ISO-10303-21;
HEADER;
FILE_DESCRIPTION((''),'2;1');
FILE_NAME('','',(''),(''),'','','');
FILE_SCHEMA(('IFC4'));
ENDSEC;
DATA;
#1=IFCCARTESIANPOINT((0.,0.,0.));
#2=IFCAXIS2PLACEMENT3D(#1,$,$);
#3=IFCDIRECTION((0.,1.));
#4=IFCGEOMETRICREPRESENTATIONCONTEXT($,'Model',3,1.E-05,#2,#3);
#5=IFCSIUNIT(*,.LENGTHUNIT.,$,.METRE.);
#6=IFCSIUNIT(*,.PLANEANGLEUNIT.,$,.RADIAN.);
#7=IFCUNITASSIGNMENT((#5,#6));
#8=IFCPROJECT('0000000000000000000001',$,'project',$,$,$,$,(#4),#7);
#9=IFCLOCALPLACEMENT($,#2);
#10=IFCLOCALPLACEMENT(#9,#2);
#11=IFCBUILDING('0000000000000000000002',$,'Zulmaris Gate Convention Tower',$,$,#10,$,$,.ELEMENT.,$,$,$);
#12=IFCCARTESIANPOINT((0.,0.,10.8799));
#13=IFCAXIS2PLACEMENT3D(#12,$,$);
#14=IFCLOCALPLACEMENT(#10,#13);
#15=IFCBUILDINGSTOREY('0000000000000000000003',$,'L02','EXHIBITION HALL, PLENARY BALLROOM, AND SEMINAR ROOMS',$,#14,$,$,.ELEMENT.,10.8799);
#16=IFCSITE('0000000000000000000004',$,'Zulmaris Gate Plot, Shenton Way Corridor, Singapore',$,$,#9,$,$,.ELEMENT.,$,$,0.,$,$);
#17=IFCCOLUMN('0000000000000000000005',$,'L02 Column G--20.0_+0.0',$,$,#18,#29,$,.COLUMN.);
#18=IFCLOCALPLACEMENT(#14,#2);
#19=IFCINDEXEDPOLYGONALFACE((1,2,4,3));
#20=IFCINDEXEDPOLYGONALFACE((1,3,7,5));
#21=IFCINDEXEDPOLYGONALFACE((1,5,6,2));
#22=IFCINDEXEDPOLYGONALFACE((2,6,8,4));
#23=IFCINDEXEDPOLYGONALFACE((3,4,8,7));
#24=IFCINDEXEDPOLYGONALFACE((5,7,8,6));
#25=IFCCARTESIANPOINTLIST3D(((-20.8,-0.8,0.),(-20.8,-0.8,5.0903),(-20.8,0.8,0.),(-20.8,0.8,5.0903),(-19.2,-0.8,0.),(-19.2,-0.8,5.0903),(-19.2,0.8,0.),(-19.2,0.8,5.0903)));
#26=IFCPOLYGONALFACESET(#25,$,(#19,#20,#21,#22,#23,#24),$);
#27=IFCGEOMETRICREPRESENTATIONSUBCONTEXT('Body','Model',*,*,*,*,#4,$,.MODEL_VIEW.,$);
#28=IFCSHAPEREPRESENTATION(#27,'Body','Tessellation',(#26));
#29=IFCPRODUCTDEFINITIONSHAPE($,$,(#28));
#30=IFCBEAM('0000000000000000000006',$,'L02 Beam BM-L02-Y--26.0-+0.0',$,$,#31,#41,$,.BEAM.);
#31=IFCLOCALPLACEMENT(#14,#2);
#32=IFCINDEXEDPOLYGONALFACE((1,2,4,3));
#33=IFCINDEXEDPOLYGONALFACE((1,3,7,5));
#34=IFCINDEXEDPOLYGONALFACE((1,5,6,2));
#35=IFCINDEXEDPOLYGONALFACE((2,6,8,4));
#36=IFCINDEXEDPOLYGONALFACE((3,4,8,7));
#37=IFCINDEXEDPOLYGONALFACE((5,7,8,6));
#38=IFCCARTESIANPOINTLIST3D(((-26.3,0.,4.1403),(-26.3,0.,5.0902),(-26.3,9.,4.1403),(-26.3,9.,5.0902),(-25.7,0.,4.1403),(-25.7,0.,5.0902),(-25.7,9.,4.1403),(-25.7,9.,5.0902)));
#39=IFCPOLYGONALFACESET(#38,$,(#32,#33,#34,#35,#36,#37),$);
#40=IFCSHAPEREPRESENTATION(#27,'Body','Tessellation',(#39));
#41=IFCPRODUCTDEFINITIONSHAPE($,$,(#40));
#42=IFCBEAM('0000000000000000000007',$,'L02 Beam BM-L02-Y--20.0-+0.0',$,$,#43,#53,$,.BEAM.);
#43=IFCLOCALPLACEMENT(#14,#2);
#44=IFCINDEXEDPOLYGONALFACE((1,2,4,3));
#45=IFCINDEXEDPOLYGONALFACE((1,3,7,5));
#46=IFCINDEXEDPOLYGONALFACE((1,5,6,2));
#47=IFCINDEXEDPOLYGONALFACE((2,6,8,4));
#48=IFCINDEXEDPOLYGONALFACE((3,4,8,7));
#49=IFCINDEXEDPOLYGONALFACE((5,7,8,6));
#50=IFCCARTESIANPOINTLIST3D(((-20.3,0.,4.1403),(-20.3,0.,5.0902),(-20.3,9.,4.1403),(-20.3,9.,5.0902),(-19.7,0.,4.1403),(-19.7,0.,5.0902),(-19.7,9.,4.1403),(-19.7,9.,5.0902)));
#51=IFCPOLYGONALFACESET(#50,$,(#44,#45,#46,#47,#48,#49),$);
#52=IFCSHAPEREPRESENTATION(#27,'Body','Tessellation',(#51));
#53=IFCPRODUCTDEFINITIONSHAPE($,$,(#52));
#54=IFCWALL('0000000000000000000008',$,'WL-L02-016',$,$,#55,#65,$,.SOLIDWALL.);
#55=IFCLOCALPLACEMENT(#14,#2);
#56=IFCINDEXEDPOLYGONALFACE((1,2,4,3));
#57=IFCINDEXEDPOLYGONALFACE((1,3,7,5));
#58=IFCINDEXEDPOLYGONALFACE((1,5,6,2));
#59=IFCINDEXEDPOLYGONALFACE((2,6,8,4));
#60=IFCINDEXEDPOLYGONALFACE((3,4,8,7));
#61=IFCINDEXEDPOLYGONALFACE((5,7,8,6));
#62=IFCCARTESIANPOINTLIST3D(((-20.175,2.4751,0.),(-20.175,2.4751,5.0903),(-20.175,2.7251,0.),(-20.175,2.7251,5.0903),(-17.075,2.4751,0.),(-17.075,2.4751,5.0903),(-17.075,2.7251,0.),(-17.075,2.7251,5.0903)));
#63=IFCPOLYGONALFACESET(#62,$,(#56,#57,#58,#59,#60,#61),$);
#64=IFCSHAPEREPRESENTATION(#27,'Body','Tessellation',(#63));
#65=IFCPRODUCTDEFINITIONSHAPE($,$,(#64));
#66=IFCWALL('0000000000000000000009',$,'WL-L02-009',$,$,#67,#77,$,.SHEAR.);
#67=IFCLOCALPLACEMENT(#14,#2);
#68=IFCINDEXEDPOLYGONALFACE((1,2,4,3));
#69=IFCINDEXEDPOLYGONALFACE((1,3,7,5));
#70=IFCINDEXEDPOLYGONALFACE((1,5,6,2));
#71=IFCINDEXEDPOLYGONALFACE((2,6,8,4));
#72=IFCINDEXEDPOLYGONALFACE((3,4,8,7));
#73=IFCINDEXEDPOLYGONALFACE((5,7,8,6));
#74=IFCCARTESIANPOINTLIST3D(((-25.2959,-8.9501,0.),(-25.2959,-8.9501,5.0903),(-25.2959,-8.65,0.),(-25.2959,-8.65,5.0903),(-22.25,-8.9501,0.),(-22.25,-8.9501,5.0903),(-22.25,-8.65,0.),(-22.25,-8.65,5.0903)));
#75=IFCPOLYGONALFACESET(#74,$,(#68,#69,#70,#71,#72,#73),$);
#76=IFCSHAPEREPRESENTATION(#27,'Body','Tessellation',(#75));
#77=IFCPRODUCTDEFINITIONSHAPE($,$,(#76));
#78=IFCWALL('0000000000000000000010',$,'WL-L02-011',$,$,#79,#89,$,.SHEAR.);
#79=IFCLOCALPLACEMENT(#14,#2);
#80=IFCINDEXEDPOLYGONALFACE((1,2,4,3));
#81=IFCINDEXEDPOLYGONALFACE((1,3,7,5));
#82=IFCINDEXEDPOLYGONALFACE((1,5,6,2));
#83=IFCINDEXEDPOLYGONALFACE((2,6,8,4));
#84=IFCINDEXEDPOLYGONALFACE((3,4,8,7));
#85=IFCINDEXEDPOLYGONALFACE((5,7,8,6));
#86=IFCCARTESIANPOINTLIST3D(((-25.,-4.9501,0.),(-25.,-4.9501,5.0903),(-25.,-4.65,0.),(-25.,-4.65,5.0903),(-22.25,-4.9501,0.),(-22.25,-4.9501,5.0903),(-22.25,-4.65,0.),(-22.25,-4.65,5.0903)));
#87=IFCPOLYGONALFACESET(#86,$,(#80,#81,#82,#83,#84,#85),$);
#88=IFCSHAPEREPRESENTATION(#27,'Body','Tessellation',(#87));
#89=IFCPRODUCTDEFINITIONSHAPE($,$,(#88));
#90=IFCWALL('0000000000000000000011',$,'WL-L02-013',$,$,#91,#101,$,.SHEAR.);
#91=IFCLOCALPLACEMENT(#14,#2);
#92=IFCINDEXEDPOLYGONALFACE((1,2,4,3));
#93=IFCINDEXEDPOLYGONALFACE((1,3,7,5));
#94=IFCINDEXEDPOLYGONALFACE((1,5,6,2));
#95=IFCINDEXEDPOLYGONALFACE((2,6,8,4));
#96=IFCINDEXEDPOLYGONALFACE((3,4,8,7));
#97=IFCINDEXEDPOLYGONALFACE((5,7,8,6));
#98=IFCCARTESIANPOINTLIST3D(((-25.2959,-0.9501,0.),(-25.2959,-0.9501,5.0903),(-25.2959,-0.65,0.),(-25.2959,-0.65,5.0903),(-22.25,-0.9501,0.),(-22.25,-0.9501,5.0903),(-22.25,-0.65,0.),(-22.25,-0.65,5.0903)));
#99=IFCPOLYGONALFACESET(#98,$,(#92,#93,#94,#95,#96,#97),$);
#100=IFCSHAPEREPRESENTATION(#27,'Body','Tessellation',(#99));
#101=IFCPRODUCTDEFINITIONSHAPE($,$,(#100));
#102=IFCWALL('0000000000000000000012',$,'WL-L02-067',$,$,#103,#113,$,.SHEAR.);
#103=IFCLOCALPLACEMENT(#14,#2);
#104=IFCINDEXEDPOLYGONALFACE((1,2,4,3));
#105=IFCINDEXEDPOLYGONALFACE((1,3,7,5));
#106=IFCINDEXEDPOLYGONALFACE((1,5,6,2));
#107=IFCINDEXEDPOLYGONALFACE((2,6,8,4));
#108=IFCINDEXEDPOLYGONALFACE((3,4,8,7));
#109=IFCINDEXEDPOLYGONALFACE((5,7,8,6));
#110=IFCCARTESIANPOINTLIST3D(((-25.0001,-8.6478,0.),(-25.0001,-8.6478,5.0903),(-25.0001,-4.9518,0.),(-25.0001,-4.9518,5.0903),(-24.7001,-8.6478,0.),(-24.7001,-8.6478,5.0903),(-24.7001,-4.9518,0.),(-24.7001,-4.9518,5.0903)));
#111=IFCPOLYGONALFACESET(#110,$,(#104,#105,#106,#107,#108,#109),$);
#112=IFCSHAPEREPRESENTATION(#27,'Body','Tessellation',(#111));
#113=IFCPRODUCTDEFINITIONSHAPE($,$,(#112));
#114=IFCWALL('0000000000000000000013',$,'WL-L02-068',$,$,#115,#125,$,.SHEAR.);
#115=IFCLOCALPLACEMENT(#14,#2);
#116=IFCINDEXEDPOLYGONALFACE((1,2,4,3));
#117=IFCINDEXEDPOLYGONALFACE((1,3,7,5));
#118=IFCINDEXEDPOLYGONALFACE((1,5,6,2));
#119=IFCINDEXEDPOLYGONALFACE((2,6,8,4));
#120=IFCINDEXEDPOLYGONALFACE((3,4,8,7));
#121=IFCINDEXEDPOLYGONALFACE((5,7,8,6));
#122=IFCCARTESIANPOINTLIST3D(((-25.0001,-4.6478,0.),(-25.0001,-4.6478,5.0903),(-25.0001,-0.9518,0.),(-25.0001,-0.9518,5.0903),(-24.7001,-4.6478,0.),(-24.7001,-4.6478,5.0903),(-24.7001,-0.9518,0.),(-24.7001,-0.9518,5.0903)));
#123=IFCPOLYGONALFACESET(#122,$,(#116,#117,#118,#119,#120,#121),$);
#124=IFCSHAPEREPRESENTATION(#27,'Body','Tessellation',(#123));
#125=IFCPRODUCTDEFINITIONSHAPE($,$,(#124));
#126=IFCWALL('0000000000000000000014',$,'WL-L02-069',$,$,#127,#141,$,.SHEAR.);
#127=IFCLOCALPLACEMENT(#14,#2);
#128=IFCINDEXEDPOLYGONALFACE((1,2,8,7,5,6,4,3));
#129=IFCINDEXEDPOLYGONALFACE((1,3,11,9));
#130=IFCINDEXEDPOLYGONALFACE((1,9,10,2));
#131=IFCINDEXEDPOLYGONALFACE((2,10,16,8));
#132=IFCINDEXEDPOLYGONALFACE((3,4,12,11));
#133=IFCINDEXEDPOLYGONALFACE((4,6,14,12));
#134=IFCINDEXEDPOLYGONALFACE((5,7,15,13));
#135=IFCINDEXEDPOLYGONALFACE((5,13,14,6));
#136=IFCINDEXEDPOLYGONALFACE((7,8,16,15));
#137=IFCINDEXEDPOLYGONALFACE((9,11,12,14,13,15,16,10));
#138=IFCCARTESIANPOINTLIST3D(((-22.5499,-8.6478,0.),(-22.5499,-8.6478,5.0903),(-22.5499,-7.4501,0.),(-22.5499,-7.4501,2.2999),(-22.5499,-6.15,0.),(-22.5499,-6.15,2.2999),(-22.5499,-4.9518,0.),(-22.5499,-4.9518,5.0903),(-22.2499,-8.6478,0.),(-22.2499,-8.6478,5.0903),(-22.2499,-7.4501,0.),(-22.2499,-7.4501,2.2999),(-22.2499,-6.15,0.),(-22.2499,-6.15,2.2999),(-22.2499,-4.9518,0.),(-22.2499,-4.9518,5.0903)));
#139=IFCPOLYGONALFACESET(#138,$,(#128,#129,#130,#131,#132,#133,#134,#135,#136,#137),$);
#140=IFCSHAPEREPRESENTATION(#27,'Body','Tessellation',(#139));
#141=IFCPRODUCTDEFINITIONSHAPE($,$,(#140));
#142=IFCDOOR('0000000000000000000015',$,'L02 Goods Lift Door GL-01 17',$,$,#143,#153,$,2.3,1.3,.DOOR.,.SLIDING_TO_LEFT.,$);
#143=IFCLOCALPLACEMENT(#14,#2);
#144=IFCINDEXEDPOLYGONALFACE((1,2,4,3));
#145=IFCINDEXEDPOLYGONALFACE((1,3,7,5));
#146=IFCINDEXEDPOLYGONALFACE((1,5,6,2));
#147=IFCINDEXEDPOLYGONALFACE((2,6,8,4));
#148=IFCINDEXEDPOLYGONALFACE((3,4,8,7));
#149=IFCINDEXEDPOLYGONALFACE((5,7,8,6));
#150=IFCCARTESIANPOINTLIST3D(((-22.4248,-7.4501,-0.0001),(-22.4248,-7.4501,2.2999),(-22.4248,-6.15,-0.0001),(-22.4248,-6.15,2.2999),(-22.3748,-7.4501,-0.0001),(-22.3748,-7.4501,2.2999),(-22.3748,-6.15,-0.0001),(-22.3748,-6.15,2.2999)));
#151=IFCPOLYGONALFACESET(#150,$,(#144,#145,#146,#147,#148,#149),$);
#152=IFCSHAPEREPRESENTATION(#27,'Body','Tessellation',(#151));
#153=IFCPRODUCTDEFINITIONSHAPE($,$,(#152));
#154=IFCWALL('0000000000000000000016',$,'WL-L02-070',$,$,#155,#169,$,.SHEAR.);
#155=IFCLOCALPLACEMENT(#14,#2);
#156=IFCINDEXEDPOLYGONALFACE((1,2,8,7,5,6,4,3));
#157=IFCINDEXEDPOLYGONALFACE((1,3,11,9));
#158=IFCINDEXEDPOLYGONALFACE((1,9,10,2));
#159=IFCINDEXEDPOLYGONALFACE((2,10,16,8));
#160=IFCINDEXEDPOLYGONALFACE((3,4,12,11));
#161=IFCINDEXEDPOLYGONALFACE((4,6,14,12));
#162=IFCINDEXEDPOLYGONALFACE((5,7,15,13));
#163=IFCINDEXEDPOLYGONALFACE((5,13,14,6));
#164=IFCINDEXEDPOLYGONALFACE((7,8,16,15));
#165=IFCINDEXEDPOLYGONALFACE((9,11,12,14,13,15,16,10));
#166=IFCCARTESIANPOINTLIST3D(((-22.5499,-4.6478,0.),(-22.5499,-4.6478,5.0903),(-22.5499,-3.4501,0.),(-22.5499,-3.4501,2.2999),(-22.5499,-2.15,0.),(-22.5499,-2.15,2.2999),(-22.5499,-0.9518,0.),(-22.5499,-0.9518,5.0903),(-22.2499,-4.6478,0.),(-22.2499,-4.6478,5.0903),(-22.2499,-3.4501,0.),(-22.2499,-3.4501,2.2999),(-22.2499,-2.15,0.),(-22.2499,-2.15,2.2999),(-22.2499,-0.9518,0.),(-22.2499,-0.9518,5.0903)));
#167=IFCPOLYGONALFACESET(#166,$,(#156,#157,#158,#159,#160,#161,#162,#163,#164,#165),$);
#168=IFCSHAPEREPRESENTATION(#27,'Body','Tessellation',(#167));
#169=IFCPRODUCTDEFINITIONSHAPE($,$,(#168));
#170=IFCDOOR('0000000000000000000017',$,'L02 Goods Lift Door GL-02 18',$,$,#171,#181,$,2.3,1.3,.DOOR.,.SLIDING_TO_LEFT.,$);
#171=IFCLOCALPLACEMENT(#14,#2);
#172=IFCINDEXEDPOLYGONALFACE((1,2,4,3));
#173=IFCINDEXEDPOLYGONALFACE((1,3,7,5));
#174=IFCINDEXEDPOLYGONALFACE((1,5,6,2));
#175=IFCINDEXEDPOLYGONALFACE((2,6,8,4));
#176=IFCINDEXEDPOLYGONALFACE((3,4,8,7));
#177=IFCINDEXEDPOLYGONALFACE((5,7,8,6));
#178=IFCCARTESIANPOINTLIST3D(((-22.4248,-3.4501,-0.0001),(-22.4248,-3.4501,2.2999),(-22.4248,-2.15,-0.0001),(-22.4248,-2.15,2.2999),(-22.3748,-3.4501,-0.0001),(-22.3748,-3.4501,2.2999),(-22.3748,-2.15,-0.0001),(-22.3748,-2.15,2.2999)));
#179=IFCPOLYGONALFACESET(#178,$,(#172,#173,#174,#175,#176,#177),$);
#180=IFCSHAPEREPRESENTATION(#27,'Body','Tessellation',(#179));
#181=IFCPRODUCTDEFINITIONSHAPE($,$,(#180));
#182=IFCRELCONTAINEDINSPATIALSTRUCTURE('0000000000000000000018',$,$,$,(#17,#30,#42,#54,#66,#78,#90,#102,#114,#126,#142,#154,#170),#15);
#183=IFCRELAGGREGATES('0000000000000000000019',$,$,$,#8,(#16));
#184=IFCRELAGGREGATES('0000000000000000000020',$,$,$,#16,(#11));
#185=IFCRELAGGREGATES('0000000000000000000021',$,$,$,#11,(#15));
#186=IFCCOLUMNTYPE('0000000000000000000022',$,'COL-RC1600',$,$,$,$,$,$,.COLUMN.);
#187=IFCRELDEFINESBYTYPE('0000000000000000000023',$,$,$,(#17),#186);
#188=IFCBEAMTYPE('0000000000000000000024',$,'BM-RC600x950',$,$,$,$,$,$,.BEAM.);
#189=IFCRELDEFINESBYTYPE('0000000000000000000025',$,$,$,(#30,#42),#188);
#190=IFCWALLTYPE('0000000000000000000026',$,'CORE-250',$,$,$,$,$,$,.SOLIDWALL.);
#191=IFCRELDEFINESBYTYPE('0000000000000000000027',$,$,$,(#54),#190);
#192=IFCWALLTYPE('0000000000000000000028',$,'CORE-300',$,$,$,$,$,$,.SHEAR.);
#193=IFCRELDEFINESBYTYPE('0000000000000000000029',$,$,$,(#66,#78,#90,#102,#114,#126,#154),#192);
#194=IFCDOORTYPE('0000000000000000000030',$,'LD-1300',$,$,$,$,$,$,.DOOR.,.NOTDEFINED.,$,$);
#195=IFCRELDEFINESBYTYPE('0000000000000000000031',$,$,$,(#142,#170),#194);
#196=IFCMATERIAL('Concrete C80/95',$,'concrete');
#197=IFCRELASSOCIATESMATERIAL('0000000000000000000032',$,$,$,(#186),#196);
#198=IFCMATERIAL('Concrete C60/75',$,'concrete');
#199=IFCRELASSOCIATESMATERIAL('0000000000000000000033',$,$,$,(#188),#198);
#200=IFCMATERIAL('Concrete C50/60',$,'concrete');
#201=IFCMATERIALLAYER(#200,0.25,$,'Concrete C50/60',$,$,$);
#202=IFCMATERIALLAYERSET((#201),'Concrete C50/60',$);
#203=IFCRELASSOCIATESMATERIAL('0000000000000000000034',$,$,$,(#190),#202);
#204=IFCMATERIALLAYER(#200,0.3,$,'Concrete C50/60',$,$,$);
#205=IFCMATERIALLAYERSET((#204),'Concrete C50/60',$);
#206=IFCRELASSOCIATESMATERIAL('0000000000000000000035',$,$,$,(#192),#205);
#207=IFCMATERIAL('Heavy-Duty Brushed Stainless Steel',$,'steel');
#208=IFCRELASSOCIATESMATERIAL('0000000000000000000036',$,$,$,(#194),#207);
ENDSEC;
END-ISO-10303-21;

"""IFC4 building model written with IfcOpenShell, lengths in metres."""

from ifc_helpers import new_model, si_unit, direction, frame, frame_2d, origin, origin_2d, place, context, subcontext, project, spatial, rectangle, extrude, material, layer, layer_set, material_profile, profile_set, type_object, element, fill, save


model = new_model("IFC4")

# Units and contexts
model_context = context("Model", 3, precision=1e-05, world=origin(), true_north=direction((0.0, 1.0)))
body_context = subcontext(model_context, "Body", "Model", "MODEL_VIEW")
ifc_project = project(units=[si_unit("LENGTHUNIT", "METRE"), si_unit("PLANEANGLEUNIT", "RADIAN")], contexts=[model_context])

# Site, building, storey
site_placement = place(None, origin())
site = spatial("IfcSite", under=ifc_project, at=site_placement, Name="Zulmaris Gate Plot, Shenton Way Corridor, Singapore", CompositionType="ELEMENT", RefElevation=0.0)
building_placement = place(site_placement, origin())
building = spatial("IfcBuilding", under=site, at=building_placement, Name="Zulmaris Gate Convention Tower", CompositionType="ELEMENT")
storey_placement = place(building_placement, frame((0.0, 0.0, 10.8799)))
storey = spatial("IfcBuildingStorey", under=building, at=storey_placement, Name="L02", Description="EXHIBITION HALL, PLENARY BALLROOM, AND SEMINAR ROOMS", CompositionType="ELEMENT", Elevation=10.8799)

# Column
ifc_material_1 = material(Name="Concrete C80/95", Category="concrete")
ifc_material_profile_1 = material_profile(ifc_material_1, rectangle(XDim=1.6001, YDim=1.6001, at=origin_2d()), Name="RC COL 1600x1600")
ifc_profile_set_1 = profile_set([ifc_material_profile_1], Name="Concrete C80/95")
column_type = type_object("IfcColumnType", Name="COL-RC1600", PredefinedType="COLUMN", material=ifc_profile_set_1)
column_placement = place(storey_placement, frame((-20.0, 0.0, 0.0), z_axis=(0.0, 0.0, 1.0), x_axis=(1.0, 0.0, 0.0)))
element("IfcColumn", 1, at=column_placement, inside=storey, type_object=column_type, Name="L02 Column G--20.0_+0.0", PredefinedType="COLUMN", context=body_context, shape_type="SweptSolid", body=[
    extrude(rectangle(XDim=1.6001, YDim=1.6001, at=origin_2d()), origin(), (0.0, 0.0, 1.0), 5.0903),
])

# Beams
ifc_material_2 = material(Name="Concrete C60/75", Category="concrete")
ifc_material_profile_2 = material_profile(ifc_material_2, rectangle(XDim=0.6001, YDim=0.95, at=origin_2d()), Name="RC BEAM 600x950")
ifc_profile_set_2 = profile_set([ifc_material_profile_2], Name="Concrete C60/75")
beam_type = type_object("IfcBeamType", Name="BM-RC600x950", PredefinedType="BEAM", material=ifc_profile_set_2)
for number, where, z_axis, x_axis, name in (
    (2, (-26.0, 0.0, 4.6152), (0.0, 1.0, 0.0), (-1.0, 0.0, 0.0), "L02 Beam BM-L02-Y--26.0-+0.0"),
    (3, (-20.0, 0.0, 4.6152), (0.0, 1.0, 0.0), (-1.0, 0.0, 0.0), "L02 Beam BM-L02-Y--20.0-+0.0"),
):
    element("IfcBeam", number, at=place(storey_placement, frame(where, z_axis=z_axis, x_axis=x_axis)), inside=storey, type_object=beam_type, Name=name, PredefinedType="BEAM", context=body_context, shape_type="SweptSolid", body=[
        extrude(rectangle(XDim=0.6001, YDim=0.95, at=origin_2d()), origin(), (0.0, 0.0, 1.0), 9.0),
    ])

# Walls
ifc_material_3 = material(Name="Concrete C50/60", Category="concrete")
ifc_layer_1 = layer(ifc_material_3, 0.25, Name="Concrete C50/60")
ifc_layer_set_1 = layer_set([ifc_layer_1], Name="Concrete C50/60")
wall_type_1 = type_object("IfcWallType", Name="CORE-250", PredefinedType="SOLIDWALL", material=ifc_layer_set_1)
wall_1_placement = place(storey_placement, frame((-20.175, 2.6001, 0.0), z_axis=(0.0, 0.0, 1.0), x_axis=(1.0, 0.0, 0.0)))
element("IfcWall", 4, at=wall_1_placement, inside=storey, type_object=wall_type_1, Name="WL-L02-016", PredefinedType="SOLIDWALL", context=body_context, shape_type="SweptSolid", body=[
    extrude(rectangle(XDim=3.1001, YDim=0.25, at=frame_2d((1.55, 0.0))), origin(), (0.0, 0.0, 1.0), 5.0903),
])
ifc_layer_2 = layer(ifc_material_3, 0.3, Name="Concrete C50/60")
ifc_layer_set_2 = layer_set([ifc_layer_2], Name="Concrete C50/60")
wall_type_2 = type_object("IfcWallType", Name="CORE-300", PredefinedType="SHEAR", material=ifc_layer_set_2)
wall_2_placement = place(storey_placement, frame((-25.2959, -8.8, 0.0), z_axis=(0.0, 0.0, 1.0), x_axis=(1.0, 0.0, 0.0)))
element("IfcWall", 5, at=wall_2_placement, inside=storey, type_object=wall_type_2, Name="WL-L02-009", PredefinedType="SHEAR", context=body_context, shape_type="SweptSolid", body=[
    extrude(rectangle(XDim=3.0459, YDim=0.3, at=frame_2d((1.5229, 0.0))), origin(), (0.0, 0.0, 1.0), 5.0903),
])
wall_3_placement = place(storey_placement, frame((-25.0, -4.8, 0.0), z_axis=(0.0, 0.0, 1.0), x_axis=(1.0, 0.0, 0.0)))
element("IfcWall", 6, at=wall_3_placement, inside=storey, type_object=wall_type_2, Name="WL-L02-011", PredefinedType="SHEAR", context=body_context, shape_type="SweptSolid", body=[
    extrude(rectangle(XDim=2.75, YDim=0.3, at=frame_2d((1.375, 0.0))), origin(), (0.0, 0.0, 1.0), 5.0903),
])
wall_4_placement = place(storey_placement, frame((-25.2959, -0.8, 0.0), z_axis=(0.0, 0.0, 1.0), x_axis=(1.0, 0.0, 0.0)))
element("IfcWall", 7, at=wall_4_placement, inside=storey, type_object=wall_type_2, Name="WL-L02-013", PredefinedType="SHEAR", context=body_context, shape_type="SweptSolid", body=[
    extrude(rectangle(XDim=3.0459, YDim=0.3, at=frame_2d((1.5229, 0.0))), origin(), (0.0, 0.0, 1.0), 5.0903),
])
for number, where, z_axis, x_axis, name in (
    (8, (-24.8501, -8.6479, 0.0), (0.0, 0.0, 1.0), (0.0, 1.0, 0.0), "WL-L02-067"),
    (9, (-24.8501, -4.6479, 0.0), (0.0, 0.0, 1.0), (0.0, 1.0, 0.0), "WL-L02-068"),
):
    element("IfcWall", number, at=place(storey_placement, frame(where, z_axis=z_axis, x_axis=x_axis)), inside=storey, type_object=wall_type_2, Name=name, PredefinedType="SHEAR", context=body_context, shape_type="SweptSolid", body=[
        extrude(rectangle(XDim=3.696, YDim=0.3, at=frame_2d((1.8481, 0.0))), origin(), (0.0, 0.0, 1.0), 5.0903),
    ])

# Walls, openings, doors
wall_5_placement = place(storey_placement, frame((-22.3999, -8.6479, 0.0), z_axis=(0.0, 0.0, 1.0), x_axis=(0.0, 1.0, 0.0)))
wall_5 = element("IfcWall", 10, at=wall_5_placement, inside=storey, type_object=wall_type_2, Name="WL-L02-069", PredefinedType="SHEAR", context=body_context, shape_type="SweptSolid", body=[
    extrude(rectangle(XDim=3.696, YDim=0.3, at=frame_2d((1.8481, 0.0))), origin(), (0.0, 0.0, 1.0), 5.0903),
])
opening_1_placement = place(wall_5_placement, frame((1.198, 0.0, 0.0)))
opening_1 = element("IfcOpeningElement", 11, at=opening_1_placement, cuts=wall_5, PredefinedType="OPENING", context=body_context, shape_type="SweptSolid", body=[
    extrude(rectangle(XDim=1.3, YDim=2.3, at=frame_2d((0.6499, 1.1499))), frame((0.0, 0.1602, 0.0), z_axis=(0.0, -1.0, 0.0), x_axis=(1.0, 0.0, 0.0)), (0.0, 0.0, 1.0), 0.3201),
])
ifc_material_4 = material(Name="Heavy-Duty Brushed Stainless Steel", Category="steel")
door_type_1 = type_object("IfcDoorType", Name="LD-1300", OperationType="NOTDEFINED", PredefinedType="DOOR", material=ifc_material_4)
door_1_placement = place(opening_1_placement, origin())
door_1 = element("IfcDoor", 12, at=door_1_placement, inside=storey, type_object=door_type_1, Name="L02 Goods Lift Door GL-01 17", OperationType="SLIDING_TO_LEFT", OverallHeight=2.3, OverallWidth=1.3, PredefinedType="DOOR", context=body_context, shape_type="SweptSolid", body=[
    extrude(rectangle(XDim=1.3, YDim=2.3, at=frame_2d((0.6499, 1.1499))), frame((0.0, 0.0249, 0.0), z_axis=(0.0, -1.0, 0.0), x_axis=(1.0, 0.0, 0.0)), (0.0, 0.0, 1.0), 0.05),
])
fill(opening_1, door_1)
wall_6_placement = place(storey_placement, frame((-22.3999, -4.6479, 0.0), z_axis=(0.0, 0.0, 1.0), x_axis=(0.0, 1.0, 0.0)))
wall_6 = element("IfcWall", 13, at=wall_6_placement, inside=storey, type_object=wall_type_2, Name="WL-L02-070", PredefinedType="SHEAR", context=body_context, shape_type="SweptSolid", body=[
    extrude(rectangle(XDim=3.696, YDim=0.3, at=frame_2d((1.8481, 0.0))), origin(), (0.0, 0.0, 1.0), 5.0903),
])
opening_2_placement = place(wall_6_placement, frame((1.198, 0.0, 0.0)))
opening_2 = element("IfcOpeningElement", 14, at=opening_2_placement, cuts=wall_6, PredefinedType="OPENING", context=body_context, shape_type="SweptSolid", body=[
    extrude(rectangle(XDim=1.3, YDim=2.3, at=frame_2d((0.6499, 1.1499))), frame((0.0, 0.1602, 0.0), z_axis=(0.0, -1.0, 0.0), x_axis=(1.0, 0.0, 0.0)), (0.0, 0.0, 1.0), 0.3201),
])
door_2_placement = place(opening_2_placement, origin())
door_2 = element("IfcDoor", 15, at=door_2_placement, inside=storey, type_object=door_type_1, Name="L02 Goods Lift Door GL-02 18", OperationType="SLIDING_TO_LEFT", OverallHeight=2.3, OverallWidth=1.3, PredefinedType="DOOR", context=body_context, shape_type="SweptSolid", body=[
    extrude(rectangle(XDim=1.3, YDim=2.3, at=frame_2d((0.6499, 1.1499))), frame((0.0, 0.0249, 0.0), z_axis=(0.0, -1.0, 0.0), x_axis=(1.0, 0.0, 0.0)), (0.0, 0.0, 1.0), 0.05),
])
fill(opening_2, door_2)

save(model, "model.ifc")
